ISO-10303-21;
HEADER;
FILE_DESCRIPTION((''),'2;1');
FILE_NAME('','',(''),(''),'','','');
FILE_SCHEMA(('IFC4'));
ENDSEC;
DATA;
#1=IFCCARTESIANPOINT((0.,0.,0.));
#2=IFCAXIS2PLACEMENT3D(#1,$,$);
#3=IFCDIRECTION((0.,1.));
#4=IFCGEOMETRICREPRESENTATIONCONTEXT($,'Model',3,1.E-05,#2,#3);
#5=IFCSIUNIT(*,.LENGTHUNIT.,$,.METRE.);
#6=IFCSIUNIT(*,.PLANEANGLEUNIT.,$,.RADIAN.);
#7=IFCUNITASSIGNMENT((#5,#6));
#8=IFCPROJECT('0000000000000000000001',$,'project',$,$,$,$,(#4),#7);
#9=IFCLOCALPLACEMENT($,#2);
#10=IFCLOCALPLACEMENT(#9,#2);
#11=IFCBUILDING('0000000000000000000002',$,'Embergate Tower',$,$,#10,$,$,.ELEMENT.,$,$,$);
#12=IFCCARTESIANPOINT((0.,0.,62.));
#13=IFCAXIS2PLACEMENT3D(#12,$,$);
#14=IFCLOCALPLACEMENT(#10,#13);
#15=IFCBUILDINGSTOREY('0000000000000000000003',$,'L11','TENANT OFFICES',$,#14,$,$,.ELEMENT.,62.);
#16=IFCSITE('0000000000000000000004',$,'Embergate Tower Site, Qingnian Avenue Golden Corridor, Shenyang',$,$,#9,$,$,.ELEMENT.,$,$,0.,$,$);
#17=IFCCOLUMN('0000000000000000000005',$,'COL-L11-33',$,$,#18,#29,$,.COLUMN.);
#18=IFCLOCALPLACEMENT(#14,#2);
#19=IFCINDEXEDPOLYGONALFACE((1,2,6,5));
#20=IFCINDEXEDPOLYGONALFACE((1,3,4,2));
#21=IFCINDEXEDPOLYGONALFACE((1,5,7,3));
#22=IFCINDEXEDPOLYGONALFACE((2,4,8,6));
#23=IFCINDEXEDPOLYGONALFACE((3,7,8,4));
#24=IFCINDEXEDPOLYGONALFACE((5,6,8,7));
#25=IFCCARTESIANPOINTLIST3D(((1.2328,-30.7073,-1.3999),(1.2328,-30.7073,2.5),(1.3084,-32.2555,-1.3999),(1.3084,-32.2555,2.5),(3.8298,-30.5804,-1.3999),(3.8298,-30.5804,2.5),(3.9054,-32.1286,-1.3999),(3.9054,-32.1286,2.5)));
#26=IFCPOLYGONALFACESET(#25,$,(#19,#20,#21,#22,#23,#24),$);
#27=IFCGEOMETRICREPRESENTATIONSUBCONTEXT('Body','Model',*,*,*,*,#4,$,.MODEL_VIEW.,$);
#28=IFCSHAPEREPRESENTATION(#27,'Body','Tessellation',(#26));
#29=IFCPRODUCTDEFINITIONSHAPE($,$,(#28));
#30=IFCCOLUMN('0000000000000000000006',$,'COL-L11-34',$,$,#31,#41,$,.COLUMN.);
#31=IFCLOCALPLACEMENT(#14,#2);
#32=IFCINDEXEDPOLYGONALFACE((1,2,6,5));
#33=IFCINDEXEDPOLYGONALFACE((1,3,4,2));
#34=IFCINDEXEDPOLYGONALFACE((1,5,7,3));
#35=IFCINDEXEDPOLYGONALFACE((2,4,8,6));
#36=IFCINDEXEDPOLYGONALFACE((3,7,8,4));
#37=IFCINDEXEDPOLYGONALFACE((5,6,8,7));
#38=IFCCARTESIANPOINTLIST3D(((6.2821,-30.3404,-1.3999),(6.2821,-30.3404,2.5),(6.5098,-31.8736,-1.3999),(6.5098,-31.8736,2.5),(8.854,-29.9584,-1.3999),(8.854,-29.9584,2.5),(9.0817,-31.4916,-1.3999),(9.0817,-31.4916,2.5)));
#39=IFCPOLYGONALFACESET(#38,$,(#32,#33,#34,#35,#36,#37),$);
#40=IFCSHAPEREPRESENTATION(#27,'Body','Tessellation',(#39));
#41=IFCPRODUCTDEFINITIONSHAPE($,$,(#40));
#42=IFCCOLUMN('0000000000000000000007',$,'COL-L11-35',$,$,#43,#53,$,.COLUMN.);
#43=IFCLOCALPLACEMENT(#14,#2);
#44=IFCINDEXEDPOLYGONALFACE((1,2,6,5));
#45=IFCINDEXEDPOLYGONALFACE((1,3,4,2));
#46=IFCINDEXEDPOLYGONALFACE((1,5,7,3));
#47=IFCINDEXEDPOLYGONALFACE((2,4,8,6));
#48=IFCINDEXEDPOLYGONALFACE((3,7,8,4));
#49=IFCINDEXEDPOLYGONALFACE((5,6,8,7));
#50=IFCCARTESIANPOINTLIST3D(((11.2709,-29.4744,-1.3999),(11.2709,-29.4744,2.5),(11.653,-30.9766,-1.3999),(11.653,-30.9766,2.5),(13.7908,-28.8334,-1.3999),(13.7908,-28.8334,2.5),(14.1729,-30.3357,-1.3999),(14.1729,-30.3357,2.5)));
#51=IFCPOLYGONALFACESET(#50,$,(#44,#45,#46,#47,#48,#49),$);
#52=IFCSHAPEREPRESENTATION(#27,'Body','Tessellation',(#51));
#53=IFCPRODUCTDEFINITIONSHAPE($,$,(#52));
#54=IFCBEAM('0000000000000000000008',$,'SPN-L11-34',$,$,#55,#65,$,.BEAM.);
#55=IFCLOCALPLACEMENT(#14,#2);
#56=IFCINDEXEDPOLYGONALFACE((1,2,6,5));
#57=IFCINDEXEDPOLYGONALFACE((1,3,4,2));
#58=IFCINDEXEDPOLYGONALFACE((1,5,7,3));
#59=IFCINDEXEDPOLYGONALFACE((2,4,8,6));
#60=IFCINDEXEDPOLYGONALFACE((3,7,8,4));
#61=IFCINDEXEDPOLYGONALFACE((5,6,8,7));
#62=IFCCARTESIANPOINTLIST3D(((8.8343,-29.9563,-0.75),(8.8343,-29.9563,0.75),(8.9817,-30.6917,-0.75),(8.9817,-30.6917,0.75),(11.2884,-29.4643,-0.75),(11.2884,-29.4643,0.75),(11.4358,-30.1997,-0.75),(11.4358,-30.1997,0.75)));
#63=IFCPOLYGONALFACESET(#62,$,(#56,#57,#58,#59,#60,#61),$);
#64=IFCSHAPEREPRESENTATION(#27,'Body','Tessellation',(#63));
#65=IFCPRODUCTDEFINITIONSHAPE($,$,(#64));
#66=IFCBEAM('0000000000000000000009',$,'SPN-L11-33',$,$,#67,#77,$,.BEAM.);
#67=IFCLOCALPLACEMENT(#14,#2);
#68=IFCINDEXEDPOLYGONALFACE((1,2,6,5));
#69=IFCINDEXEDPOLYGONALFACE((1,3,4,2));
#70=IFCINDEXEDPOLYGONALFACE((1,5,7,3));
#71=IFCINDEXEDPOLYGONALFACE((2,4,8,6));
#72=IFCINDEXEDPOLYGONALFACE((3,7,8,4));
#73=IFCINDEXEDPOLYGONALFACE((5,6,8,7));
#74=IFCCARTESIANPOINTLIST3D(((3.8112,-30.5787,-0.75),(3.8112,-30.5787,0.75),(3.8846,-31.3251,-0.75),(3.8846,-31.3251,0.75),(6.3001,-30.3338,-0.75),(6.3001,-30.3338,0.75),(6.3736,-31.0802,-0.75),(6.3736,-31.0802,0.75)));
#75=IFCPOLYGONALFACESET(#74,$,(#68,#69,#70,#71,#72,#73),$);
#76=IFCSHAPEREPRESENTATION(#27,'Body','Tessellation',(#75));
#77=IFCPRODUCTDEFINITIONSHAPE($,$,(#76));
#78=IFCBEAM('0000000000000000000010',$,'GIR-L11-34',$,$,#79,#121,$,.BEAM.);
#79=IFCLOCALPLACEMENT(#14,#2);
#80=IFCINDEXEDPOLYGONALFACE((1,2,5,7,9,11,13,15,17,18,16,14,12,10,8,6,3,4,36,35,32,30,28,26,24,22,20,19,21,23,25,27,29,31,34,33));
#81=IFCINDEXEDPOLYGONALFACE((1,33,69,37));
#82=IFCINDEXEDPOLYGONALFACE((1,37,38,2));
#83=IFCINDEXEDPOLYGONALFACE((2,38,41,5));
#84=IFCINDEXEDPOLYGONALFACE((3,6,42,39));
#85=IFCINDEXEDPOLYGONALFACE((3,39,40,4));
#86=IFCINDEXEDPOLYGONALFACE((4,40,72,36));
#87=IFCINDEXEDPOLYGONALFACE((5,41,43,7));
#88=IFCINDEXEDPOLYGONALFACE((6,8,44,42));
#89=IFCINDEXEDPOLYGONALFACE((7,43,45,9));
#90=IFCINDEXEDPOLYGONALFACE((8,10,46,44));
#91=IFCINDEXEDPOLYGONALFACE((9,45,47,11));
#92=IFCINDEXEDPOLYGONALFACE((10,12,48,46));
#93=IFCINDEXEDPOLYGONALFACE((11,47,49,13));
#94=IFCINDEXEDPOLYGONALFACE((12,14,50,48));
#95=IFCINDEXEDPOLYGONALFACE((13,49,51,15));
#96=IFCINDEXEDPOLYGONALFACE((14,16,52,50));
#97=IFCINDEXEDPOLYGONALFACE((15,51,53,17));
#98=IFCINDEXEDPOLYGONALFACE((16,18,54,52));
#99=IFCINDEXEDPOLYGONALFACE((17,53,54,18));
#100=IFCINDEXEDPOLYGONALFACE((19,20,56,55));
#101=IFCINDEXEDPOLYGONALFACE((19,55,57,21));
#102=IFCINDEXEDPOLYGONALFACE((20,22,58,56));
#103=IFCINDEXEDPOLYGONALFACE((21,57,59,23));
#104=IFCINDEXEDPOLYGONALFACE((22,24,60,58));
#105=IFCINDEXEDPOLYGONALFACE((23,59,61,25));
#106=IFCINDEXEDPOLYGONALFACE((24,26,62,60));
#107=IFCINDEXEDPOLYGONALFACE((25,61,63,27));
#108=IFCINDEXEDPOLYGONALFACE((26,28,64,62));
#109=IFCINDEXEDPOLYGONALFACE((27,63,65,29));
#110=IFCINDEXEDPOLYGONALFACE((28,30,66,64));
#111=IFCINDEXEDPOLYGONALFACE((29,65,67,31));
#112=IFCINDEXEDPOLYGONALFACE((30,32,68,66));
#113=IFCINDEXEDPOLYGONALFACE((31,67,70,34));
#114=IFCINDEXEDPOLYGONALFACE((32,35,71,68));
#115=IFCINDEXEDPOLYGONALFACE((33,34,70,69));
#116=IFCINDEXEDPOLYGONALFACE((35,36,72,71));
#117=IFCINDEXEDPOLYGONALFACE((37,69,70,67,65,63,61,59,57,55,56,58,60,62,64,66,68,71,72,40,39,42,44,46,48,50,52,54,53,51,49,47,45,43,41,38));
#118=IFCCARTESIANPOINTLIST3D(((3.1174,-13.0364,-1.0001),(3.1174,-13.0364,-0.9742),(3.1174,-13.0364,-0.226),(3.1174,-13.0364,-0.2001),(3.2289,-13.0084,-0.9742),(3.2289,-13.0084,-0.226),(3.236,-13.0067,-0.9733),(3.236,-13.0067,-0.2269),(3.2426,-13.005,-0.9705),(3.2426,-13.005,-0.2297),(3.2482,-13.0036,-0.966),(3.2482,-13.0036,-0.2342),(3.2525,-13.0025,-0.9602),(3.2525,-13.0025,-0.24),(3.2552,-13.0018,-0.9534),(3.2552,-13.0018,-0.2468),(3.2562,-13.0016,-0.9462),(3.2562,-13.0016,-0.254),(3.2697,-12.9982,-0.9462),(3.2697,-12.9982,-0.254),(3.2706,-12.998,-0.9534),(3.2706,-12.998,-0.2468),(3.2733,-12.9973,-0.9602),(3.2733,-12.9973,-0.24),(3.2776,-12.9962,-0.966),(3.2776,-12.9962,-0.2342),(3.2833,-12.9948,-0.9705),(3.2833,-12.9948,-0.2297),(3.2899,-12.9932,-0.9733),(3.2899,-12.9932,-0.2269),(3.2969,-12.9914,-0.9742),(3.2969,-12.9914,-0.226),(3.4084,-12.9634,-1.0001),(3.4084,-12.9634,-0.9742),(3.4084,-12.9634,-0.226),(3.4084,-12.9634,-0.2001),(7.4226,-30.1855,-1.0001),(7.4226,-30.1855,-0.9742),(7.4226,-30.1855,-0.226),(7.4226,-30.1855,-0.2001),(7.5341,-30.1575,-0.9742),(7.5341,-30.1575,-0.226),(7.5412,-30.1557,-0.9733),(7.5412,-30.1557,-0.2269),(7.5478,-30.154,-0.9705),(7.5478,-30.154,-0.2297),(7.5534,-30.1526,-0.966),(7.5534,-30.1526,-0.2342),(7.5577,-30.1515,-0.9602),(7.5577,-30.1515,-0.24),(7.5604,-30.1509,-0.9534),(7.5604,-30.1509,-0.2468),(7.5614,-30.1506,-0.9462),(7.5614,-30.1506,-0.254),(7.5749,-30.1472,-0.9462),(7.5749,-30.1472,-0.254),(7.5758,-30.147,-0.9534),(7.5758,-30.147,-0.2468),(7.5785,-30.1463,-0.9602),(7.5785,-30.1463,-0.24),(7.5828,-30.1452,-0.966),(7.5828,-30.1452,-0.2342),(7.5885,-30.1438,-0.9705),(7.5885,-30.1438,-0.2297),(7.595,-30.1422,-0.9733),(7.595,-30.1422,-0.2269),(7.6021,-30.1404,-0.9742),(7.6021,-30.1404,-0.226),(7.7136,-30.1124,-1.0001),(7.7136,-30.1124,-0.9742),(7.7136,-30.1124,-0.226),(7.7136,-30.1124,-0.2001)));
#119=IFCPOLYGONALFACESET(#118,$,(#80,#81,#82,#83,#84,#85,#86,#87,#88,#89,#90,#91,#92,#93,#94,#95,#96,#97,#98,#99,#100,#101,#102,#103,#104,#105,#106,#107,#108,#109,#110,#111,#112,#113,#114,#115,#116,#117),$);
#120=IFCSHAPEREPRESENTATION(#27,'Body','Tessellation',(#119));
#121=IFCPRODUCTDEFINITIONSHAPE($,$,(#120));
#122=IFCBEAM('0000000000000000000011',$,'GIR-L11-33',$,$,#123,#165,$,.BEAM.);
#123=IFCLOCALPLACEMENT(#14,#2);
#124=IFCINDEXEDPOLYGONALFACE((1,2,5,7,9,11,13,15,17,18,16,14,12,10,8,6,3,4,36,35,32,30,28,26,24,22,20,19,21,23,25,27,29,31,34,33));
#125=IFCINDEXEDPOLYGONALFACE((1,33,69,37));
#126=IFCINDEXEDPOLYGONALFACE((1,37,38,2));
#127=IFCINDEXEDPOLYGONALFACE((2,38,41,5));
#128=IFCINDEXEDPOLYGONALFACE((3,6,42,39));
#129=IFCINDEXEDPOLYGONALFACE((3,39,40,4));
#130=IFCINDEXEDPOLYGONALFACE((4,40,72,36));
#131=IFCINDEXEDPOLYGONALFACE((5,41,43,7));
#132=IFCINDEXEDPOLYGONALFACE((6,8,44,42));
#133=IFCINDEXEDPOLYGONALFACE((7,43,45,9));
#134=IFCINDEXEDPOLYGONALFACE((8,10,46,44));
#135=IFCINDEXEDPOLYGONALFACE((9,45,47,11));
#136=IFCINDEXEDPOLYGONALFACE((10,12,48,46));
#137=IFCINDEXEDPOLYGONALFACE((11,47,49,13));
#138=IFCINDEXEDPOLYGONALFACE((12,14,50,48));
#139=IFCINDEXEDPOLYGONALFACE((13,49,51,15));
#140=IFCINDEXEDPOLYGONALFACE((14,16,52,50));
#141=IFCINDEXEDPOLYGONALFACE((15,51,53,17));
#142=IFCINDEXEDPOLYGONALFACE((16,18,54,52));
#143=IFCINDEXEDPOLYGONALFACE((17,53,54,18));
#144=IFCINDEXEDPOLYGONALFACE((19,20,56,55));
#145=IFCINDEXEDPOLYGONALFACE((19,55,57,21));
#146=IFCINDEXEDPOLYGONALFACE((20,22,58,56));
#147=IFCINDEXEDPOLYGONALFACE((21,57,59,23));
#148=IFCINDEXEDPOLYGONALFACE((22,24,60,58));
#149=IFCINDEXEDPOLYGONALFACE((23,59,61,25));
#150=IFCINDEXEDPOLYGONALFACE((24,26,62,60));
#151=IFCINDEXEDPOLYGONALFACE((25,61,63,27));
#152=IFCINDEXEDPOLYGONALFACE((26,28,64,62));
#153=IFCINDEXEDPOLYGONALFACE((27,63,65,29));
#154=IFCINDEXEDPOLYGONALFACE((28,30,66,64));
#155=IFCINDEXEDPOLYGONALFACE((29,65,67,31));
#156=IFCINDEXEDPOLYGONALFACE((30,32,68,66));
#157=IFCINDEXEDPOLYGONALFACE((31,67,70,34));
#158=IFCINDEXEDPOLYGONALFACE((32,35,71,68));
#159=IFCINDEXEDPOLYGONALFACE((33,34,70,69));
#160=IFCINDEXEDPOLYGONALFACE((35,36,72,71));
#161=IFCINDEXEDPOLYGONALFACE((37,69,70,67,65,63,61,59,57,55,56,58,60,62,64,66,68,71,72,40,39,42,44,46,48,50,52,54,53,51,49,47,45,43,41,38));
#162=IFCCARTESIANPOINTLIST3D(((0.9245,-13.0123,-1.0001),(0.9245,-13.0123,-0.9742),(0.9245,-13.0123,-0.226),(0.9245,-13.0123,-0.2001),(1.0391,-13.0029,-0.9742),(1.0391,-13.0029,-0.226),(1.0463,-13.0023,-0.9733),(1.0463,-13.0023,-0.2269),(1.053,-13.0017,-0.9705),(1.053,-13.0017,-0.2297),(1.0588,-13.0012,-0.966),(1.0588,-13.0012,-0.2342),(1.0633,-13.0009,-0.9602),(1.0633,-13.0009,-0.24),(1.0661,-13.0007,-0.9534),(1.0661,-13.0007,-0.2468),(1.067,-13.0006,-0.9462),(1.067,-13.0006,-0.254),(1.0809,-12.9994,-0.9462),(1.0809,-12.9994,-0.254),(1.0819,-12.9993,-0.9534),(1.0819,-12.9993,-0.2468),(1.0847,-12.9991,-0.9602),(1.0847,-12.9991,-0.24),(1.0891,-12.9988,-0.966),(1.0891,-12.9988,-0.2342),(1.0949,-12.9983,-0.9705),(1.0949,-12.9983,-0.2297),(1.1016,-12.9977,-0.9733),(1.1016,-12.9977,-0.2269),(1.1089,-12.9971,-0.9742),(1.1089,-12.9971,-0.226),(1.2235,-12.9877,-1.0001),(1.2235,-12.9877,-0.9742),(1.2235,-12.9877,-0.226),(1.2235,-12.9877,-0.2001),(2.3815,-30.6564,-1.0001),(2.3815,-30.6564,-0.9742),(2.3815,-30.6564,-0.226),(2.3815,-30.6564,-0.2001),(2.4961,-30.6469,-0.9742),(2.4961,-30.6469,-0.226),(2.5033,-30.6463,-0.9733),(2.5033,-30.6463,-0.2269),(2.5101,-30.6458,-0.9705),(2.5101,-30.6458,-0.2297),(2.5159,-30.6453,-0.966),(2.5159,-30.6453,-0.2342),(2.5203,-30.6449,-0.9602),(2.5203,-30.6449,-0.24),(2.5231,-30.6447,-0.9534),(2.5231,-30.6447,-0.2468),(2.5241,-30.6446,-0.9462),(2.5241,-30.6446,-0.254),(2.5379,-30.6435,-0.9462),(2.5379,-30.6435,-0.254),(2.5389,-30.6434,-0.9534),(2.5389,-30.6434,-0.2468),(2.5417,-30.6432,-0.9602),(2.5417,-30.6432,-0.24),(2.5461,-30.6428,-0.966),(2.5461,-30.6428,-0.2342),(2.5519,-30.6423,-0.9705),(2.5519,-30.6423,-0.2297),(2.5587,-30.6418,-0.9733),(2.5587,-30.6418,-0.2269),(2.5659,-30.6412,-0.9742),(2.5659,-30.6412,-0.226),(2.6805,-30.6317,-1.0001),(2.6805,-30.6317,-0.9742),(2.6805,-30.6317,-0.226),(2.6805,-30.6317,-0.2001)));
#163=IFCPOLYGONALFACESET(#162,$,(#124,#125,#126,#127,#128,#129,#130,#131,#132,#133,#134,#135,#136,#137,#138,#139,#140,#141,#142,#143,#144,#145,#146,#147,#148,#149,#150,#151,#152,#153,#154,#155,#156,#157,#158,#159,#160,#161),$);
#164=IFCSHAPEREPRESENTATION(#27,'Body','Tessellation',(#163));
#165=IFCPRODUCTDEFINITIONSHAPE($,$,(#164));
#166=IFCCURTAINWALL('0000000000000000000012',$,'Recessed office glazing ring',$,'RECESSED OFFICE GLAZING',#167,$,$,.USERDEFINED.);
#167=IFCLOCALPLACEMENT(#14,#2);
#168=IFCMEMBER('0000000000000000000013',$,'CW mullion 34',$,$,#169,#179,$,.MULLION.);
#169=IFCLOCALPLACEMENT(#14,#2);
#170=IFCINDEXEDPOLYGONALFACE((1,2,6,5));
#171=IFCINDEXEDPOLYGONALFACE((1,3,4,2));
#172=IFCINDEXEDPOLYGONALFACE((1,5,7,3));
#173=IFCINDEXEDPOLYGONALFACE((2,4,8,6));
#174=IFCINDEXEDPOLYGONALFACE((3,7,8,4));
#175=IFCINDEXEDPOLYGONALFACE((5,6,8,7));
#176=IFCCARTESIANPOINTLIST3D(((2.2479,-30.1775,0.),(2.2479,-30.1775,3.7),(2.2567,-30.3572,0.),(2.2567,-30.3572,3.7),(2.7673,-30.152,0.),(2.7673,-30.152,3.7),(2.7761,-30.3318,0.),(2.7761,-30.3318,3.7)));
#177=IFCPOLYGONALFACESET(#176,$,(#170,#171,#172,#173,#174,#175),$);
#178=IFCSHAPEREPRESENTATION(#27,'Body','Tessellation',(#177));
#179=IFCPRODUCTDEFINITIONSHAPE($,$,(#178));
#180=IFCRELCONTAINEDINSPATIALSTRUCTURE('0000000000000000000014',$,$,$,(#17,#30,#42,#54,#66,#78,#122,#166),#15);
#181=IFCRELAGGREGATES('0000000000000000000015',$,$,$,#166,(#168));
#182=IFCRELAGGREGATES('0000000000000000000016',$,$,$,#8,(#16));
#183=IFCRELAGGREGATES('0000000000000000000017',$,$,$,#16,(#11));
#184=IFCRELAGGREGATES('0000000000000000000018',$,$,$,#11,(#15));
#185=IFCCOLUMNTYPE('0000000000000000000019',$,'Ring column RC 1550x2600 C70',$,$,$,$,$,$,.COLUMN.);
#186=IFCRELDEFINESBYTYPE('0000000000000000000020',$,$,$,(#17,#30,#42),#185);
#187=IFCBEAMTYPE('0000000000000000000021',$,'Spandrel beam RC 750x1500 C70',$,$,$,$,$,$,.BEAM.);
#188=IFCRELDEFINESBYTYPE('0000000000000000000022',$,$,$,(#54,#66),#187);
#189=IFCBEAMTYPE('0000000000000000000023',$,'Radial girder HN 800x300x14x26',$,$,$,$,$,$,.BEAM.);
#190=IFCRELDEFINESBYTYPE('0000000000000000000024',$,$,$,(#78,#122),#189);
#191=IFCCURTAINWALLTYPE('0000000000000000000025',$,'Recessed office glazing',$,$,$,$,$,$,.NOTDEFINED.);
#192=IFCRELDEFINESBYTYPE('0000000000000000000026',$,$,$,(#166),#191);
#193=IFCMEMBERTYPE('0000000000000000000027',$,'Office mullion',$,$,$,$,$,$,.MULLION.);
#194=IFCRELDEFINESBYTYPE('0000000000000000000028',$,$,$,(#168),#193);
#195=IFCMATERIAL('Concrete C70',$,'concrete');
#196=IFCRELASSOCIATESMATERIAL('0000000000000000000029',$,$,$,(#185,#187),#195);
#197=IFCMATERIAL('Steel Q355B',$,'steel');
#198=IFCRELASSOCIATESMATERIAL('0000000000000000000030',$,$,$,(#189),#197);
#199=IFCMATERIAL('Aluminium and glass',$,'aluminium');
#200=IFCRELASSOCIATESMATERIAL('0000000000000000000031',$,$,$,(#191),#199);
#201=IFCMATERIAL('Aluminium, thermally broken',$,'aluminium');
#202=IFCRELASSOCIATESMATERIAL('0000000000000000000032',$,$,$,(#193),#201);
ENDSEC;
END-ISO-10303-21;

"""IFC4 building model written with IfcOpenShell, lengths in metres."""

from ifc_helpers import new_model, si_unit, direction, frame, origin, origin_2d, place, context, subcontext, project, spatial, rectangle, i_section, extrude, source, transform, mapped, material, material_profile, profile_set, type_object, element, aggregate, save


model = new_model("IFC4")

# Units and contexts
model_context = context("Model", 3, precision=1e-05, world=origin(), true_north=direction((0.0, 1.0)))
body_context = subcontext(model_context, "Body", "Model", "MODEL_VIEW")
ifc_project = project(units=[si_unit("LENGTHUNIT", "METRE"), si_unit("PLANEANGLEUNIT", "RADIAN")], contexts=[model_context])

# Site, building, storey
site_placement = place(None, origin())
site = spatial("IfcSite", under=ifc_project, at=site_placement, Name="Embergate Tower Site, Qingnian Avenue Golden Corridor, Shenyang", CompositionType="ELEMENT", RefElevation=0.0)
building_placement = place(site_placement, origin())
building = spatial("IfcBuilding", under=site, at=building_placement, Name="Embergate Tower", CompositionType="ELEMENT")
storey_placement = place(building_placement, frame((0.0, 0.0, 62.0)))
storey = spatial("IfcBuildingStorey", under=building, at=storey_placement, Name="L11", Description="TENANT OFFICES", CompositionType="ELEMENT", Elevation=62.0)

# Columns
ifc_material_1 = material(Name="Concrete C70", Category="concrete")
ifc_material_profile_1 = material_profile(ifc_material_1, rectangle(XDim=1.55, YDim=2.6001, at=origin_2d()), Name="RC 1550x2600")
ifc_profile_set_1 = profile_set([ifc_material_profile_1], Name="Concrete C70")
column_type = type_object("IfcColumnType", Name="Ring column RC 1550x2600 C70", PredefinedType="COLUMN", material=ifc_profile_set_1)
shared_shape_1 = source(origin(), body_context, "Body", "SweptSolid", [
    extrude(rectangle(XDim=1.55, YDim=2.6001, at=origin_2d()), origin(), (0.0, 0.0, 1.0), 3.8999),
])
for number, where, z_axis, x_axis, name in (
    (1, (2.5691, -31.418, -1.3999), (0.0, 0.0, 1.0), (0.048815, -0.998808, 0.0), "COL-L11-33"),
    (2, (7.6819, -30.916, -1.3999), (0.0, 0.0, 1.0), (0.146929, -0.989147, 0.0), "COL-L11-34"),
    (3, (12.7219, -29.905, -1.3999), (0.0, 0.0, 1.0), (0.246509, -0.969141, 0.0), "COL-L11-35"),
):
    element("IfcColumn", number, at=place(storey_placement, frame(where, z_axis=z_axis, x_axis=x_axis)), inside=storey, type_object=column_type, Name=name, PredefinedType="COLUMN", context=body_context, shape_type="MappedRepresentation", body=[
        mapped(shared_shape_1, transform((0.0, 0.0, 0.0))),
    ])

# Beams
ifc_material_profile_2 = material_profile(ifc_material_1, rectangle(XDim=0.75, YDim=1.5, at=origin_2d()), Name="RC 750x1500")
ifc_profile_set_2 = profile_set([ifc_material_profile_2], Name="Concrete C70")
beam_type_1 = type_object("IfcBeamType", Name="Spandrel beam RC 750x1500 C70", PredefinedType="BEAM", material=ifc_profile_set_2)
shared_shape_2 = source(origin(), body_context, "Body", "SweptSolid", [
    extrude(rectangle(XDim=0.75, YDim=1.5, at=origin_2d()), origin(), (0.0, 0.0, 1.0), 2.5029),
])
beam_1_placement = place(storey_placement, frame((8.908, -30.324, 0.0), z_axis=(0.980494, 0.196548, 0.0), x_axis=(-0.196548, 0.980494, 0.0)))
element("IfcBeam", 4, at=beam_1_placement, inside=storey, type_object=beam_type_1, Name="SPN-L11-34", PredefinedType="BEAM", context=body_context, shape_type="MappedRepresentation", body=[
    mapped(shared_shape_2, transform((0.0, 0.0, 0.0))),
])
shared_shape_3 = source(origin(), body_context, "Body", "SweptSolid", [
    extrude(rectangle(XDim=0.75, YDim=1.5, at=origin_2d()), origin(), (0.0, 0.0, 1.0), 2.501),
])
beam_2_placement = place(storey_placement, frame((3.8479, -30.9519, 0.0), z_axis=(0.995195, 0.097909, 0.0), x_axis=(-0.097909, 0.995195, 0.0)))
element("IfcBeam", 5, at=beam_2_placement, inside=storey, type_object=beam_type_1, Name="SPN-L11-33", PredefinedType="BEAM", context=body_context, shape_type="MappedRepresentation", body=[
    mapped(shared_shape_3, transform((0.0, 0.0, 0.0))),
])
ifc_material_2 = material(Name="Steel Q355B", Category="steel")
ifc_material_profile_3 = material_profile(ifc_material_2, i_section(OverallWidth=0.3, OverallDepth=0.8, WebThickness=0.0139, FlangeThickness=0.0259, FilletRadius=0.0281, at=origin_2d()), Name="HN 800x300x14x26")
ifc_profile_set_3 = profile_set([ifc_material_profile_3], Name="Steel Q355 grade B")
beam_type_2 = type_object("IfcBeamType", Name="Radial girder HN 800x300x14x26", PredefinedType="BEAM", material=ifc_profile_set_3)
shared_shape_4 = source(origin(), body_context, "Body", "SweptSolid", [
    extrude(i_section(OverallWidth=0.3, OverallDepth=0.8, WebThickness=0.0139, FlangeThickness=0.0259, FilletRadius=0.0281, at=origin_2d()), origin(), (0.0, 0.0, 1.0), 17.6812),
])
beam_3_placement = place(storey_placement, frame((7.5681, -30.1489, -0.6001), z_axis=(-0.243491, 0.969903, 0.0), x_axis=(-0.969903, -0.243491, 0.0)))
element("IfcBeam", 6, at=beam_3_placement, inside=storey, type_object=beam_type_2, Name="GIR-L11-34", PredefinedType="BEAM", context=body_context, shape_type="MappedRepresentation", body=[
    mapped(shared_shape_4, transform((0.0, 0.0, 0.0))),
])
shared_shape_5 = source(origin(), body_context, "Body", "SweptSolid", [
    extrude(i_section(OverallWidth=0.3, OverallDepth=0.8, WebThickness=0.0139, FlangeThickness=0.0259, FilletRadius=0.0281, at=origin_2d()), origin(), (0.0, 0.0, 1.0), 17.7041),
])
beam_4_placement = place(storey_placement, frame((2.531, -30.644, -0.6001), z_axis=(-0.082299, 0.996608, 0.0), x_axis=(-0.996608, -0.082299, 0.0)))
element("IfcBeam", 7, at=beam_4_placement, inside=storey, type_object=beam_type_2, Name="GIR-L11-33", PredefinedType="BEAM", context=body_context, shape_type="MappedRepresentation", body=[
    mapped(shared_shape_5, transform((0.0, 0.0, 0.0))),
])

# Curtain wall, member
ifc_material_3 = material(Name="Aluminium and glass", Category="aluminium")
curtain_wall_type = type_object("IfcCurtainWallType", Name="Recessed office glazing", PredefinedType="NOTDEFINED", material=ifc_material_3)
curtain_wall_placement = place(storey_placement, origin())
curtain_wall = element("IfcCurtainWall", 8, at=curtain_wall_placement, inside=storey, type_object=curtain_wall_type, Name="Recessed office glazing ring", ObjectType="RECESSED OFFICE GLAZING", PredefinedType="USERDEFINED")
ifc_material_4 = material(Name="Aluminium, thermally broken", Category="aluminium")
ifc_material_profile_4 = material_profile(ifc_material_4, rectangle(XDim=0.1799, YDim=0.52, at=origin_2d()), Name="AL 520x180")
ifc_profile_set_4 = profile_set([ifc_material_profile_4], Name="Aluminium, thermally broken")
member_type_1 = type_object("IfcMemberType", Name="Office mullion", PredefinedType="MULLION", material=ifc_profile_set_4)
shared_shape_6 = source(origin(), body_context, "Body", "SweptSolid", [
    extrude(rectangle(XDim=0.1799, YDim=0.52, at=origin_2d()), origin(), (0.0, 0.0, 1.0), 3.7),
])
member_1_placement = place(storey_placement, frame((2.512, -30.2546, 0.0), z_axis=(0.0, 0.0, 1.0), x_axis=(-0.048972, 0.9988, 0.0)))
member_1 = element("IfcMember", 9, at=member_1_placement, type_object=member_type_1, Name="CW mullion 34", PredefinedType="MULLION", context=body_context, shape_type="MappedRepresentation", body=[
    mapped(shared_shape_6, transform((0.0, 0.0, 0.0))),
])

aggregate(curtain_wall, [member_1])

save(model, "model.ifc")
